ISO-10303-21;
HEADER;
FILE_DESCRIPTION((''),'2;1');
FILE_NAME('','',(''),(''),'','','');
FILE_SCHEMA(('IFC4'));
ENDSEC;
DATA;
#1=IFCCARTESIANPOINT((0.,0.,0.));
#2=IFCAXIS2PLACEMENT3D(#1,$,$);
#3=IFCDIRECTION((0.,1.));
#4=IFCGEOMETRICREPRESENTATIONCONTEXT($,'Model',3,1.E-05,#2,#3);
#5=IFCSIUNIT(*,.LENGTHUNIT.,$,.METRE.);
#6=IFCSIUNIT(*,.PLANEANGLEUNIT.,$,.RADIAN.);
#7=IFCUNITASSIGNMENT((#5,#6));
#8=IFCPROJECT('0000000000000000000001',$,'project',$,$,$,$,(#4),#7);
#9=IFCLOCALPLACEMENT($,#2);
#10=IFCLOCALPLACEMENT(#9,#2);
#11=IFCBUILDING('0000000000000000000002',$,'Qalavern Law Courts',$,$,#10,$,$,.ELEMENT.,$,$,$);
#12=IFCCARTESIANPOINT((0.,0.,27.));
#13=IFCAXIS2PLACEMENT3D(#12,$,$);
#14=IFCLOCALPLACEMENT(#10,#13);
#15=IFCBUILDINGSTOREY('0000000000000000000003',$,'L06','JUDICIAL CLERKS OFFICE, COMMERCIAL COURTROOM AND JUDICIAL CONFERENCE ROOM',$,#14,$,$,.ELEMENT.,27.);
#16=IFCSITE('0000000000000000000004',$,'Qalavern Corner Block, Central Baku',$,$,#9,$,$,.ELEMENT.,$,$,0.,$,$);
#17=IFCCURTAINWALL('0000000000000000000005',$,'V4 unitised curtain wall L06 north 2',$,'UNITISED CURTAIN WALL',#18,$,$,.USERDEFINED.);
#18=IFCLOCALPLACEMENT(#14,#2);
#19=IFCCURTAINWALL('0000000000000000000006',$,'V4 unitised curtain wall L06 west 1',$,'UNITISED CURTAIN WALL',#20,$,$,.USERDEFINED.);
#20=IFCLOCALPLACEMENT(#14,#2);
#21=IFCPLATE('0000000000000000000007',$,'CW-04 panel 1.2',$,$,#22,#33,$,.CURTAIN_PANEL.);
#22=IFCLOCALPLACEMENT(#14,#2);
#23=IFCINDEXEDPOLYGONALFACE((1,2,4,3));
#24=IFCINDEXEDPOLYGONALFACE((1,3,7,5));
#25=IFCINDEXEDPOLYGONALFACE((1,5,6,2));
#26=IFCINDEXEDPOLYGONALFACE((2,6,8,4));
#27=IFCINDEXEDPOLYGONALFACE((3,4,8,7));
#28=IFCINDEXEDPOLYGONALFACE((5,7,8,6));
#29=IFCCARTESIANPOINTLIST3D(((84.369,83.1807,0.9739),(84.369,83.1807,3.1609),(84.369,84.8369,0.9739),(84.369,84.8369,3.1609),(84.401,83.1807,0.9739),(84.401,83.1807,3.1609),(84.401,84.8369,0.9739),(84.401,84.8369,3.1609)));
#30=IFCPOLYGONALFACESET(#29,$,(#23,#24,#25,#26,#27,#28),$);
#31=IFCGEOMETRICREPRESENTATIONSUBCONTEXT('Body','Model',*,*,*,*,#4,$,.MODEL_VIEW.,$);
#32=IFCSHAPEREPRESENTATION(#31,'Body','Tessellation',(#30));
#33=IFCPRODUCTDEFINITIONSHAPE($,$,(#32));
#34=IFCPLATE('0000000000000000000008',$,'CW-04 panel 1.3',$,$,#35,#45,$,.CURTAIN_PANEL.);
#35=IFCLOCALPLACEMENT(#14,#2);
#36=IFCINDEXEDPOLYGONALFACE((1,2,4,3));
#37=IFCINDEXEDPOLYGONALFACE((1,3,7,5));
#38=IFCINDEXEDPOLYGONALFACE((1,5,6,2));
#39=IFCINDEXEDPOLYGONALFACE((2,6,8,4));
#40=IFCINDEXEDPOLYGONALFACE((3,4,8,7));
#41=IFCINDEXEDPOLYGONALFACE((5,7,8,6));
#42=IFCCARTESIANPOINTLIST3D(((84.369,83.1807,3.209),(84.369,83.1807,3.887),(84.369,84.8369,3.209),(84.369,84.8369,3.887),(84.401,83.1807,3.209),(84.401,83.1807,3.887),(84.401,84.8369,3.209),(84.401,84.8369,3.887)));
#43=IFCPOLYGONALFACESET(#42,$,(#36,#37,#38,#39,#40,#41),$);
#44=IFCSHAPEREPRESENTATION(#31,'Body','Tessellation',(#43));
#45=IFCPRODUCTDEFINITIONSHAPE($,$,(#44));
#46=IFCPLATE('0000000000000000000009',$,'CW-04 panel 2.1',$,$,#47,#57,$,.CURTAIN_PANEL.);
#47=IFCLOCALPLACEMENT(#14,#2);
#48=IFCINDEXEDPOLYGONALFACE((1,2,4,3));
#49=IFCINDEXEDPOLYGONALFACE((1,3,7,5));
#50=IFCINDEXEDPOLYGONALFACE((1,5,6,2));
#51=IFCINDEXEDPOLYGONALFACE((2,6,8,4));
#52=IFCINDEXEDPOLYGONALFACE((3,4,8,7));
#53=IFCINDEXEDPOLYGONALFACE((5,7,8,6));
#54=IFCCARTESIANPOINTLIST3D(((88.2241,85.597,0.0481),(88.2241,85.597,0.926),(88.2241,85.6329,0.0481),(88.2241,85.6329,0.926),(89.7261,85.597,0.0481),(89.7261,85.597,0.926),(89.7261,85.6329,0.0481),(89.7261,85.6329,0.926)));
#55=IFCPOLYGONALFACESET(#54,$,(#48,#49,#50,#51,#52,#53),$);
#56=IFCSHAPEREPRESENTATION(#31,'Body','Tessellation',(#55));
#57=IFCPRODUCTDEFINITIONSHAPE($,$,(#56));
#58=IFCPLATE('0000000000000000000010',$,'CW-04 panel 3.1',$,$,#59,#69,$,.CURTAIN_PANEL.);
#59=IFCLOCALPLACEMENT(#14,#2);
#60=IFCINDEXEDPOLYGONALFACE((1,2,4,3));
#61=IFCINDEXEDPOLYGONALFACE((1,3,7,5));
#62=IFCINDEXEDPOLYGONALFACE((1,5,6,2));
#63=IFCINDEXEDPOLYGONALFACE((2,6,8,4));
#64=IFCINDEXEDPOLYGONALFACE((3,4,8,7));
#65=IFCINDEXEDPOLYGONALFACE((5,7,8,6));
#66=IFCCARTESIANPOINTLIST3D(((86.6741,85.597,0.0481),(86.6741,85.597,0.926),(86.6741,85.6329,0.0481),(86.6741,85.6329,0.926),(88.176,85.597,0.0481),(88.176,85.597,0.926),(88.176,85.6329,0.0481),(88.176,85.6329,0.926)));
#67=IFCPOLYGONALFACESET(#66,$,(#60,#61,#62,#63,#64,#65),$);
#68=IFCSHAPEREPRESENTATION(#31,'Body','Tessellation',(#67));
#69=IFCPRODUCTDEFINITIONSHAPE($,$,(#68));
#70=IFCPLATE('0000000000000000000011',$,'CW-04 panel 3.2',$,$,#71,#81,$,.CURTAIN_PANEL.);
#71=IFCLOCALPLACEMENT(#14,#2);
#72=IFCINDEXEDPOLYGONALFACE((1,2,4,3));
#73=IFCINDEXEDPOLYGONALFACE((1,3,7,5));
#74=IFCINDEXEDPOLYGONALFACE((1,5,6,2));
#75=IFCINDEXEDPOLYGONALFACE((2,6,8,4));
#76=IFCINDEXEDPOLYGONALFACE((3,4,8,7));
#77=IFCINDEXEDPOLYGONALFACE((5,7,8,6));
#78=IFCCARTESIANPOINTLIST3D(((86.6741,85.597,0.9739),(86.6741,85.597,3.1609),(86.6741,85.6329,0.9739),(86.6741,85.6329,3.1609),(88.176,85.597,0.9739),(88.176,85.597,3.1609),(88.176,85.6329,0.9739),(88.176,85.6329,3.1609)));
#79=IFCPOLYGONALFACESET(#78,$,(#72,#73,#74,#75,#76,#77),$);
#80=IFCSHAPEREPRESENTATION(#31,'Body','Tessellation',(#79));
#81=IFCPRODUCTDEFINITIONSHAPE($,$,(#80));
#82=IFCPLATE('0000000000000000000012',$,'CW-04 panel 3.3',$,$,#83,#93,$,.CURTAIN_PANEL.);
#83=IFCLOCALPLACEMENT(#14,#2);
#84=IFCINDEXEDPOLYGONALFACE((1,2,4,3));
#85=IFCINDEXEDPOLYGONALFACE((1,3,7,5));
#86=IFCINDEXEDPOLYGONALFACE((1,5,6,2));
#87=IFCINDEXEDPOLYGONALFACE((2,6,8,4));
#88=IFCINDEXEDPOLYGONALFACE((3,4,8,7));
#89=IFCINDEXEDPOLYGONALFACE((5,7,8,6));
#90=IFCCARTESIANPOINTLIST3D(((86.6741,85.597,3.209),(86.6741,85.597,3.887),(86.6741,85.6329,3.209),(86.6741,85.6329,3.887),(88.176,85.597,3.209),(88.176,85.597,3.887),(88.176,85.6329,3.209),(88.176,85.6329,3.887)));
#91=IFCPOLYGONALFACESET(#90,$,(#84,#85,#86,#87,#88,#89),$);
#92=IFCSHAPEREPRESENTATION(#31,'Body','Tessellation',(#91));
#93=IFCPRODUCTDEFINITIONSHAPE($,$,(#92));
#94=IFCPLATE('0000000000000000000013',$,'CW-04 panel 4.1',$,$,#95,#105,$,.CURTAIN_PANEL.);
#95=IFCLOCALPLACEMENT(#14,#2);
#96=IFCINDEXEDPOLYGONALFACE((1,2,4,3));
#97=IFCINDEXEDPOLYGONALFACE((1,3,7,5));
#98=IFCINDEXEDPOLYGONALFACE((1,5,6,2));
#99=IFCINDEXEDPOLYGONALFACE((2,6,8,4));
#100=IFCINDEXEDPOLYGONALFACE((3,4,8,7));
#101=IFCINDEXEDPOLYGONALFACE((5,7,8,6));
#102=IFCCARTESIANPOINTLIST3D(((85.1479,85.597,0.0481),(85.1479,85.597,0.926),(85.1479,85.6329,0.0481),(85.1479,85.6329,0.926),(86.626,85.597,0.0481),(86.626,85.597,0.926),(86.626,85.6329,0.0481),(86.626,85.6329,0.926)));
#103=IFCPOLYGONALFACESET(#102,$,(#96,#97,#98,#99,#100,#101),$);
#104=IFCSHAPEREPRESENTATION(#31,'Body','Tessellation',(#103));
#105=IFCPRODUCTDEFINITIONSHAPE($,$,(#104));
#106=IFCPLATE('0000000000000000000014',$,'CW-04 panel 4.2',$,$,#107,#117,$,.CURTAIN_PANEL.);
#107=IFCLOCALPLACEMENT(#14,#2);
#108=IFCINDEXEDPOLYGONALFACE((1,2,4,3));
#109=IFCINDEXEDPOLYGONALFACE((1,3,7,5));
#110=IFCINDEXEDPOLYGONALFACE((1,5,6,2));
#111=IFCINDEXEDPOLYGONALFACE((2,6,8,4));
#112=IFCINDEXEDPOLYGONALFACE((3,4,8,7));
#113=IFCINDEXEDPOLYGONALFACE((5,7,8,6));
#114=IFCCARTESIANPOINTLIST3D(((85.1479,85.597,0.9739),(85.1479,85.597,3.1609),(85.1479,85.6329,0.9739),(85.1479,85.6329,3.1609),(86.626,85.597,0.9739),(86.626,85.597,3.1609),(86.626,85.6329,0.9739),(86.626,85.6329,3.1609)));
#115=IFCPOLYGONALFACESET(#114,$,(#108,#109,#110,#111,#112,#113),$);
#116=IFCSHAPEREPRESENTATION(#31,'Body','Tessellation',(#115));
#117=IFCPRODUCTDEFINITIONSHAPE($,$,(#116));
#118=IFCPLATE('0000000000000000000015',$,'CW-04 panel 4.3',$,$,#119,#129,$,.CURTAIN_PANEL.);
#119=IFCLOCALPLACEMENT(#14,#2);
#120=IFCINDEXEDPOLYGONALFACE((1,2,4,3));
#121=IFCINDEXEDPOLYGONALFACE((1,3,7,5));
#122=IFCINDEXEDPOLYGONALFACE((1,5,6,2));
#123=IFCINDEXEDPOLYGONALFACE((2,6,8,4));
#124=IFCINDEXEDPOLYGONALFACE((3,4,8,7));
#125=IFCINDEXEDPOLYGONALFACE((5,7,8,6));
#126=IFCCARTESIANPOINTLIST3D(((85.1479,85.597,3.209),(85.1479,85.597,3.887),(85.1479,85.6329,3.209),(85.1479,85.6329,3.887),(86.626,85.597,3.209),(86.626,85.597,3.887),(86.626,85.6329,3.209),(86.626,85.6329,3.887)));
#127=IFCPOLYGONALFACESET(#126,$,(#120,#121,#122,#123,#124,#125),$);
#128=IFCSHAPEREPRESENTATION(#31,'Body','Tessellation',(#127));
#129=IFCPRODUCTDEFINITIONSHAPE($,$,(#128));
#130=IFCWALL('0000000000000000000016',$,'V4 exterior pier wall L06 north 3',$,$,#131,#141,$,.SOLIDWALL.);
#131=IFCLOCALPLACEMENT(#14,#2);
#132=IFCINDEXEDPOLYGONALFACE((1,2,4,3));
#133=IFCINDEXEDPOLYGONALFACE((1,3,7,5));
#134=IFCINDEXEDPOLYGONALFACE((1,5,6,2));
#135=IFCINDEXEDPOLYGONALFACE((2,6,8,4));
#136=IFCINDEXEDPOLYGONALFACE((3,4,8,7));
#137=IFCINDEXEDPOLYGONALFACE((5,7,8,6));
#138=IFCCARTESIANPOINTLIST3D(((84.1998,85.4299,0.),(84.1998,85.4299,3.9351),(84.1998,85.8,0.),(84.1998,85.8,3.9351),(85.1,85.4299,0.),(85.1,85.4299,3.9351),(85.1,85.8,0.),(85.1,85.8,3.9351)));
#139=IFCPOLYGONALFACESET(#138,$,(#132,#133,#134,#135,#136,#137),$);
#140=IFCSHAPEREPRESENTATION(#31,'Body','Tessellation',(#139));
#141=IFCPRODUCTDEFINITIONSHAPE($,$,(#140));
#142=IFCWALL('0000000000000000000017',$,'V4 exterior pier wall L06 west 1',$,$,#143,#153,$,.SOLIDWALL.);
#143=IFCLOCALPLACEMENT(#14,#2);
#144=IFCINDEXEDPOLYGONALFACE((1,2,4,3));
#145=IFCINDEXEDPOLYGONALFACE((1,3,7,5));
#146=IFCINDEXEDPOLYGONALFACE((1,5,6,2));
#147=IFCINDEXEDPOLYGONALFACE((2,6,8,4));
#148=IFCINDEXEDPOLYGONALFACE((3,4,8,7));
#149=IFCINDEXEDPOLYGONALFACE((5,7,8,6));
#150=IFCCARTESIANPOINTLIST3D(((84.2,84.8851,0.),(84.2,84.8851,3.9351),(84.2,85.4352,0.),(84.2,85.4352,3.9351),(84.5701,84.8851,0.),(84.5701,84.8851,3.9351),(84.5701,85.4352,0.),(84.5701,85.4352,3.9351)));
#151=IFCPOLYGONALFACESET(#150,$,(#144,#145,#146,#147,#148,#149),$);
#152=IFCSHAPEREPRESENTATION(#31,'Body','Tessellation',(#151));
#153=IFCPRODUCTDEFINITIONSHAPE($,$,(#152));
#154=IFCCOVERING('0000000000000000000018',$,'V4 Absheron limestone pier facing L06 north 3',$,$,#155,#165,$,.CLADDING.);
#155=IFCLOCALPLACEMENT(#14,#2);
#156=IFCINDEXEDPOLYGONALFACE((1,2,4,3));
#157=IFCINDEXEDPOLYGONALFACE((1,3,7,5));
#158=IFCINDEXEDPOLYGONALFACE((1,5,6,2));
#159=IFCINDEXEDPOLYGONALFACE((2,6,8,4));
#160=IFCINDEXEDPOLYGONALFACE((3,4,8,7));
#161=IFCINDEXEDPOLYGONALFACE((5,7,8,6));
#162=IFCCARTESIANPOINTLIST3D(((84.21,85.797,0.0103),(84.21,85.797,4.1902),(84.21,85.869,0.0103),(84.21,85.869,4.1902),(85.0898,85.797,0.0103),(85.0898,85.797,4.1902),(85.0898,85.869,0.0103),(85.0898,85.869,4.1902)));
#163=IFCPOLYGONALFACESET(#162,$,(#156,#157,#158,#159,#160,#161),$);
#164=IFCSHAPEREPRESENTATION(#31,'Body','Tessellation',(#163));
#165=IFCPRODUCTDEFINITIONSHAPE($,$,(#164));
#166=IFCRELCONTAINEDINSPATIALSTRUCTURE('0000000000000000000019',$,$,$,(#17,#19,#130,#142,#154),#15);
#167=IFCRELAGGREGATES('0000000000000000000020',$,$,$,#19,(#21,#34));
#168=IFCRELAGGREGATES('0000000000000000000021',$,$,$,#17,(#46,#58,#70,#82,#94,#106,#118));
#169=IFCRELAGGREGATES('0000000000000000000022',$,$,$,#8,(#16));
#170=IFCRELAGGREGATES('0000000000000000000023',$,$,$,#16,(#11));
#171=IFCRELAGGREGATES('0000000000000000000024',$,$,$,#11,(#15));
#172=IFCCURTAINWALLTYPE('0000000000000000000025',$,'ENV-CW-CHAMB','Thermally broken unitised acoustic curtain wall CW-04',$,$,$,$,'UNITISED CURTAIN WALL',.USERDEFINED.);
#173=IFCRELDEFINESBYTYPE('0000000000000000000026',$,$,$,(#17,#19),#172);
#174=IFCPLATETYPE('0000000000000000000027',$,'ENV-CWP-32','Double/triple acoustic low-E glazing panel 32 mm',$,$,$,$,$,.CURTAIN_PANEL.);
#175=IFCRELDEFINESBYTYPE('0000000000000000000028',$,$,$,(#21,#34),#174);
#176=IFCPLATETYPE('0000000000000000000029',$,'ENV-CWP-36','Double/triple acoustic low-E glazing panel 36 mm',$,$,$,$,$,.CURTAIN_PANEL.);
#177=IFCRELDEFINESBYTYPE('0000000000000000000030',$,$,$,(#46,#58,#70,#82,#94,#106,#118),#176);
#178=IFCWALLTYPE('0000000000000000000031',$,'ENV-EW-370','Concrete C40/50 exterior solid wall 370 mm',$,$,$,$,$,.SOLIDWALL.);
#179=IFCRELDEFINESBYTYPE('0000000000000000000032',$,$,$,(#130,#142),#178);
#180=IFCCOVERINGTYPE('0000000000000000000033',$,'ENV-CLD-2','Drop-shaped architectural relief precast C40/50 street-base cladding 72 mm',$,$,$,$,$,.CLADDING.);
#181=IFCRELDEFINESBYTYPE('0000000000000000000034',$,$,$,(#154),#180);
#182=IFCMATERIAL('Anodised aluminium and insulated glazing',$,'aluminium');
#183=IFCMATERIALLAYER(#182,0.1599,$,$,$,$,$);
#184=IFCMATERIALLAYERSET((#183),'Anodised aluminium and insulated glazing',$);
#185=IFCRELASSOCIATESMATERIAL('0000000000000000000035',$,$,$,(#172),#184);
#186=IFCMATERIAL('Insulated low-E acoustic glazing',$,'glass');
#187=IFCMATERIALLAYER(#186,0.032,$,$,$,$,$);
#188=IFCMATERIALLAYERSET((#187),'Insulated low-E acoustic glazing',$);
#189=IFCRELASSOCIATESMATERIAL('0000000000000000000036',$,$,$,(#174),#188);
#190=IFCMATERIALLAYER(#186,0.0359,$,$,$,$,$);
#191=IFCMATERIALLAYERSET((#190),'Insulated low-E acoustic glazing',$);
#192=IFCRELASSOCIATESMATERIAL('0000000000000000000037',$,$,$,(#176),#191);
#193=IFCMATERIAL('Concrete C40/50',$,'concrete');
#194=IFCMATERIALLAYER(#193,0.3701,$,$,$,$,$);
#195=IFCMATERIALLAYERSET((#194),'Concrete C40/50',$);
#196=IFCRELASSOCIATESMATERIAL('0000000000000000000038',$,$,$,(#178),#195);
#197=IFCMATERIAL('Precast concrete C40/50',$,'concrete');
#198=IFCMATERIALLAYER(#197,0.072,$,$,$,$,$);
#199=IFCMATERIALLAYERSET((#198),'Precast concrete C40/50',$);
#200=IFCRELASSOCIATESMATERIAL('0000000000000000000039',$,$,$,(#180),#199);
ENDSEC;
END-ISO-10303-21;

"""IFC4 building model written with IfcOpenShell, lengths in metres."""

from ifc_helpers import new_model, si_unit, direction, frame, frame_2d, origin, origin_2d, place, context, subcontext, project, spatial, rectangle, extrude, material, layer, layer_set, type_object, element, aggregate, save


model = new_model("IFC4")

# Units and contexts
model_context = context("Model", 3, precision=1e-05, world=origin(), true_north=direction((0.0, 1.0)))
body_context = subcontext(model_context, "Body", "Model", "MODEL_VIEW")
ifc_project = project(units=[si_unit("LENGTHUNIT", "METRE"), si_unit("PLANEANGLEUNIT", "RADIAN")], contexts=[model_context])

# Site, building, storey
site_placement = place(None, origin())
site = spatial("IfcSite", under=ifc_project, at=site_placement, Name="Qalavern Corner Block, Central Baku", CompositionType="ELEMENT", RefElevation=0.0)
building_placement = place(site_placement, origin())
building = spatial("IfcBuilding", under=site, at=building_placement, Name="Qalavern Law Courts", CompositionType="ELEMENT")
storey_placement = place(building_placement, frame((0.0, 0.0, 27.0)))
storey = spatial("IfcBuildingStorey", under=building, at=storey_placement, Name="L06", Description="JUDICIAL CLERKS OFFICE, COMMERCIAL COURTROOM AND JUDICIAL CONFERENCE ROOM", CompositionType="ELEMENT", Elevation=27.0)

# Curtain walls
ifc_material_1 = material(Name="Anodised aluminium and insulated glazing", Category="aluminium")
ifc_layer_1 = layer(ifc_material_1, 0.1599)
ifc_layer_set_1 = layer_set([ifc_layer_1], Name="Anodised aluminium and insulated glazing")
curtain_wall_type = type_object("IfcCurtainWallType", Name="ENV-CW-CHAMB", Description="Thermally broken unitised acoustic curtain wall CW-04", ElementType="UNITISED CURTAIN WALL", PredefinedType="USERDEFINED", material=ifc_layer_set_1)
curtain_wall_1_placement = place(storey_placement, origin())
curtain_wall_1 = element("IfcCurtainWall", 1, at=curtain_wall_1_placement, inside=storey, type_object=curtain_wall_type, Name="V4 unitised curtain wall L06 north 2", ObjectType="UNITISED CURTAIN WALL", PredefinedType="USERDEFINED")
curtain_wall_2_placement = place(storey_placement, origin())
curtain_wall_2 = element("IfcCurtainWall", 2, at=curtain_wall_2_placement, inside=storey, type_object=curtain_wall_type, Name="V4 unitised curtain wall L06 west 1", ObjectType="UNITISED CURTAIN WALL", PredefinedType="USERDEFINED")

# Shared definitions
ifc_material_2 = material(Name="Concrete C40/50", Category="concrete")

# Plates
ifc_material_3 = material(Name="Insulated low-E acoustic glazing", Category="glass")
ifc_layer_2 = layer(ifc_material_3, 0.032)
ifc_layer_set_2 = layer_set([ifc_layer_2], Name="Insulated low-E acoustic glazing")
plate_type_1 = type_object("IfcPlateType", Name="ENV-CWP-32", Description="Double/triple acoustic low-E glazing panel 32 mm", PredefinedType="CURTAIN_PANEL", material=ifc_layer_set_2)
plate_1_placement = place(storey_placement, frame((84.385, 84.0088, 0.9739), z_axis=(0.0, 0.0, 1.0), x_axis=(0.0, -1.0, 0.0)))
plate_1 = element("IfcPlate", 3, at=plate_1_placement, type_object=plate_type_1, Name="CW-04 panel 1.2", PredefinedType="CURTAIN_PANEL", context=body_context, shape_type="SweptSolid", body=[
    extrude(rectangle(XDim=1.6562, YDim=0.032, at=origin_2d()), origin(), (0.0, 0.0, 1.0), 2.187),
])
plate_2_placement = place(storey_placement, frame((84.385, 84.0088, 3.209), z_axis=(0.0, 0.0, 1.0), x_axis=(0.0, -1.0, 0.0)))
plate_2 = element("IfcPlate", 4, at=plate_2_placement, type_object=plate_type_1, Name="CW-04 panel 1.3", PredefinedType="CURTAIN_PANEL", context=body_context, shape_type="SweptSolid", body=[
    extrude(rectangle(XDim=1.6562, YDim=0.032, at=origin_2d()), origin(), (0.0, 0.0, 1.0), 0.678),
])
aggregate(curtain_wall_2, [plate_1, plate_2])
ifc_layer_3 = layer(ifc_material_3, 0.0359)
ifc_layer_set_3 = layer_set([ifc_layer_3], Name="Insulated low-E acoustic glazing")
plate_type_2 = type_object("IfcPlateType", Name="ENV-CWP-36", Description="Double/triple acoustic low-E glazing panel 36 mm", PredefinedType="CURTAIN_PANEL", material=ifc_layer_set_3)
plate_3_placement = place(storey_placement, frame((88.9751, 85.615, 0.0481), z_axis=(0.0, 0.0, 1.0), x_axis=(-1.0, 0.0, 0.0)))
plate_3 = element("IfcPlate", 5, at=plate_3_placement, type_object=plate_type_2, Name="CW-04 panel 2.1", PredefinedType="CURTAIN_PANEL", context=body_context, shape_type="SweptSolid", body=[
    extrude(rectangle(XDim=1.502, YDim=0.0359, at=origin_2d()), origin(), (0.0, 0.0, 1.0), 0.8779),
])
plate_4_placement = place(storey_placement, frame((87.425, 85.615, 0.0481), z_axis=(0.0, 0.0, 1.0), x_axis=(-1.0, 0.0, 0.0)))
plate_4 = element("IfcPlate", 6, at=plate_4_placement, type_object=plate_type_2, Name="CW-04 panel 3.1", PredefinedType="CURTAIN_PANEL", context=body_context, shape_type="SweptSolid", body=[
    extrude(rectangle(XDim=1.502, YDim=0.0359, at=origin_2d()), origin(), (0.0, 0.0, 1.0), 0.8779),
])
plate_5_placement = place(storey_placement, frame((87.425, 85.615, 0.9739), z_axis=(0.0, 0.0, 1.0), x_axis=(-1.0, 0.0, 0.0)))
plate_5 = element("IfcPlate", 7, at=plate_5_placement, type_object=plate_type_2, Name="CW-04 panel 3.2", PredefinedType="CURTAIN_PANEL", context=body_context, shape_type="SweptSolid", body=[
    extrude(rectangle(XDim=1.502, YDim=0.0359, at=origin_2d()), origin(), (0.0, 0.0, 1.0), 2.187),
])
plate_6_placement = place(storey_placement, frame((87.425, 85.615, 3.209), z_axis=(0.0, 0.0, 1.0), x_axis=(-1.0, 0.0, 0.0)))
plate_6 = element("IfcPlate", 8, at=plate_6_placement, type_object=plate_type_2, Name="CW-04 panel 3.3", PredefinedType="CURTAIN_PANEL", context=body_context, shape_type="SweptSolid", body=[
    extrude(rectangle(XDim=1.502, YDim=0.0359, at=origin_2d()), origin(), (0.0, 0.0, 1.0), 0.678),
])
plate_7_placement = place(storey_placement, frame((85.887, 85.615, 0.0481), z_axis=(0.0, 0.0, 1.0), x_axis=(-1.0, 0.0, 0.0)))
plate_7 = element("IfcPlate", 9, at=plate_7_placement, type_object=plate_type_2, Name="CW-04 panel 4.1", PredefinedType="CURTAIN_PANEL", context=body_context, shape_type="SweptSolid", body=[
    extrude(rectangle(XDim=1.478, YDim=0.0359, at=origin_2d()), origin(), (0.0, 0.0, 1.0), 0.8779),
])
plate_8_placement = place(storey_placement, frame((85.887, 85.615, 0.9739), z_axis=(0.0, 0.0, 1.0), x_axis=(-1.0, 0.0, 0.0)))
plate_8 = element("IfcPlate", 10, at=plate_8_placement, type_object=plate_type_2, Name="CW-04 panel 4.2", PredefinedType="CURTAIN_PANEL", context=body_context, shape_type="SweptSolid", body=[
    extrude(rectangle(XDim=1.478, YDim=0.0359, at=origin_2d()), origin(), (0.0, 0.0, 1.0), 2.187),
])
plate_9_placement = place(storey_placement, frame((85.887, 85.615, 3.209), z_axis=(0.0, 0.0, 1.0), x_axis=(-1.0, 0.0, 0.0)))
plate_9 = element("IfcPlate", 11, at=plate_9_placement, type_object=plate_type_2, Name="CW-04 panel 4.3", PredefinedType="CURTAIN_PANEL", context=body_context, shape_type="SweptSolid", body=[
    extrude(rectangle(XDim=1.478, YDim=0.0359, at=origin_2d()), origin(), (0.0, 0.0, 1.0), 0.678),
])
aggregate(curtain_wall_1, [plate_3, plate_4, plate_5, plate_6, plate_7, plate_8, plate_9])

# Walls
ifc_layer_4 = layer(ifc_material_2, 0.3701)
ifc_layer_set_4 = layer_set([ifc_layer_4], Name="Concrete C40/50")
wall_type = type_object("IfcWallType", Name="ENV-EW-370", Description="Concrete C40/50 exterior solid wall 370 mm", PredefinedType="SOLIDWALL", material=ifc_layer_set_4)
wall_1_placement = place(storey_placement, frame((85.1001, 85.615, 0.0), z_axis=(0.0, 0.0, 1.0), x_axis=(-1.0, 0.0, 0.0)))
element("IfcWall", 12, at=wall_1_placement, inside=storey, type_object=wall_type, Name="V4 exterior pier wall L06 north 3", PredefinedType="SOLIDWALL", context=body_context, shape_type="SweptSolid", body=[
    extrude(rectangle(XDim=0.9001, YDim=0.3701, at=frame_2d((0.4502, 0.0))), origin(), (0.0, 0.0, 1.0), 3.9351),
])
wall_2_placement = place(storey_placement, frame((84.385, 85.4351, 0.0), z_axis=(0.0, 0.0, 1.0), x_axis=(0.0, -1.0, 0.0)))
element("IfcWall", 13, at=wall_2_placement, inside=storey, type_object=wall_type, Name="V4 exterior pier wall L06 west 1", PredefinedType="SOLIDWALL", context=body_context, shape_type="SweptSolid", body=[
    extrude(rectangle(XDim=0.55, YDim=0.3701, at=frame_2d((0.2749, 0.0))), origin(), (0.0, 0.0, 1.0), 3.9351),
])

# Covering
ifc_material_4 = material(Name="Precast concrete C40/50", Category="concrete")
ifc_layer_5 = layer(ifc_material_4, 0.072)
ifc_layer_set_5 = layer_set([ifc_layer_5], Name="Precast concrete C40/50")
covering_type = type_object("IfcCoveringType", Name="ENV-CLD-2", Description="Drop-shaped architectural relief precast C40/50 street-base cladding 72 mm", PredefinedType="CLADDING", material=ifc_layer_set_5)
covering_placement = place(storey_placement, frame((84.6499, 85.833, 0.0103), z_axis=(0.0, 0.0, 1.0), x_axis=(-1.0, 0.0, 0.0)))
element("IfcCovering", 14, at=covering_placement, inside=storey, type_object=covering_type, Name="V4 Absheron limestone pier facing L06 north 3", PredefinedType="CLADDING", context=body_context, shape_type="SweptSolid", body=[
    extrude(rectangle(XDim=0.8799, YDim=0.072, at=origin_2d()), origin(), (0.0, 0.0, 1.0), 4.1799),
])

save(model, "model.ifc")
